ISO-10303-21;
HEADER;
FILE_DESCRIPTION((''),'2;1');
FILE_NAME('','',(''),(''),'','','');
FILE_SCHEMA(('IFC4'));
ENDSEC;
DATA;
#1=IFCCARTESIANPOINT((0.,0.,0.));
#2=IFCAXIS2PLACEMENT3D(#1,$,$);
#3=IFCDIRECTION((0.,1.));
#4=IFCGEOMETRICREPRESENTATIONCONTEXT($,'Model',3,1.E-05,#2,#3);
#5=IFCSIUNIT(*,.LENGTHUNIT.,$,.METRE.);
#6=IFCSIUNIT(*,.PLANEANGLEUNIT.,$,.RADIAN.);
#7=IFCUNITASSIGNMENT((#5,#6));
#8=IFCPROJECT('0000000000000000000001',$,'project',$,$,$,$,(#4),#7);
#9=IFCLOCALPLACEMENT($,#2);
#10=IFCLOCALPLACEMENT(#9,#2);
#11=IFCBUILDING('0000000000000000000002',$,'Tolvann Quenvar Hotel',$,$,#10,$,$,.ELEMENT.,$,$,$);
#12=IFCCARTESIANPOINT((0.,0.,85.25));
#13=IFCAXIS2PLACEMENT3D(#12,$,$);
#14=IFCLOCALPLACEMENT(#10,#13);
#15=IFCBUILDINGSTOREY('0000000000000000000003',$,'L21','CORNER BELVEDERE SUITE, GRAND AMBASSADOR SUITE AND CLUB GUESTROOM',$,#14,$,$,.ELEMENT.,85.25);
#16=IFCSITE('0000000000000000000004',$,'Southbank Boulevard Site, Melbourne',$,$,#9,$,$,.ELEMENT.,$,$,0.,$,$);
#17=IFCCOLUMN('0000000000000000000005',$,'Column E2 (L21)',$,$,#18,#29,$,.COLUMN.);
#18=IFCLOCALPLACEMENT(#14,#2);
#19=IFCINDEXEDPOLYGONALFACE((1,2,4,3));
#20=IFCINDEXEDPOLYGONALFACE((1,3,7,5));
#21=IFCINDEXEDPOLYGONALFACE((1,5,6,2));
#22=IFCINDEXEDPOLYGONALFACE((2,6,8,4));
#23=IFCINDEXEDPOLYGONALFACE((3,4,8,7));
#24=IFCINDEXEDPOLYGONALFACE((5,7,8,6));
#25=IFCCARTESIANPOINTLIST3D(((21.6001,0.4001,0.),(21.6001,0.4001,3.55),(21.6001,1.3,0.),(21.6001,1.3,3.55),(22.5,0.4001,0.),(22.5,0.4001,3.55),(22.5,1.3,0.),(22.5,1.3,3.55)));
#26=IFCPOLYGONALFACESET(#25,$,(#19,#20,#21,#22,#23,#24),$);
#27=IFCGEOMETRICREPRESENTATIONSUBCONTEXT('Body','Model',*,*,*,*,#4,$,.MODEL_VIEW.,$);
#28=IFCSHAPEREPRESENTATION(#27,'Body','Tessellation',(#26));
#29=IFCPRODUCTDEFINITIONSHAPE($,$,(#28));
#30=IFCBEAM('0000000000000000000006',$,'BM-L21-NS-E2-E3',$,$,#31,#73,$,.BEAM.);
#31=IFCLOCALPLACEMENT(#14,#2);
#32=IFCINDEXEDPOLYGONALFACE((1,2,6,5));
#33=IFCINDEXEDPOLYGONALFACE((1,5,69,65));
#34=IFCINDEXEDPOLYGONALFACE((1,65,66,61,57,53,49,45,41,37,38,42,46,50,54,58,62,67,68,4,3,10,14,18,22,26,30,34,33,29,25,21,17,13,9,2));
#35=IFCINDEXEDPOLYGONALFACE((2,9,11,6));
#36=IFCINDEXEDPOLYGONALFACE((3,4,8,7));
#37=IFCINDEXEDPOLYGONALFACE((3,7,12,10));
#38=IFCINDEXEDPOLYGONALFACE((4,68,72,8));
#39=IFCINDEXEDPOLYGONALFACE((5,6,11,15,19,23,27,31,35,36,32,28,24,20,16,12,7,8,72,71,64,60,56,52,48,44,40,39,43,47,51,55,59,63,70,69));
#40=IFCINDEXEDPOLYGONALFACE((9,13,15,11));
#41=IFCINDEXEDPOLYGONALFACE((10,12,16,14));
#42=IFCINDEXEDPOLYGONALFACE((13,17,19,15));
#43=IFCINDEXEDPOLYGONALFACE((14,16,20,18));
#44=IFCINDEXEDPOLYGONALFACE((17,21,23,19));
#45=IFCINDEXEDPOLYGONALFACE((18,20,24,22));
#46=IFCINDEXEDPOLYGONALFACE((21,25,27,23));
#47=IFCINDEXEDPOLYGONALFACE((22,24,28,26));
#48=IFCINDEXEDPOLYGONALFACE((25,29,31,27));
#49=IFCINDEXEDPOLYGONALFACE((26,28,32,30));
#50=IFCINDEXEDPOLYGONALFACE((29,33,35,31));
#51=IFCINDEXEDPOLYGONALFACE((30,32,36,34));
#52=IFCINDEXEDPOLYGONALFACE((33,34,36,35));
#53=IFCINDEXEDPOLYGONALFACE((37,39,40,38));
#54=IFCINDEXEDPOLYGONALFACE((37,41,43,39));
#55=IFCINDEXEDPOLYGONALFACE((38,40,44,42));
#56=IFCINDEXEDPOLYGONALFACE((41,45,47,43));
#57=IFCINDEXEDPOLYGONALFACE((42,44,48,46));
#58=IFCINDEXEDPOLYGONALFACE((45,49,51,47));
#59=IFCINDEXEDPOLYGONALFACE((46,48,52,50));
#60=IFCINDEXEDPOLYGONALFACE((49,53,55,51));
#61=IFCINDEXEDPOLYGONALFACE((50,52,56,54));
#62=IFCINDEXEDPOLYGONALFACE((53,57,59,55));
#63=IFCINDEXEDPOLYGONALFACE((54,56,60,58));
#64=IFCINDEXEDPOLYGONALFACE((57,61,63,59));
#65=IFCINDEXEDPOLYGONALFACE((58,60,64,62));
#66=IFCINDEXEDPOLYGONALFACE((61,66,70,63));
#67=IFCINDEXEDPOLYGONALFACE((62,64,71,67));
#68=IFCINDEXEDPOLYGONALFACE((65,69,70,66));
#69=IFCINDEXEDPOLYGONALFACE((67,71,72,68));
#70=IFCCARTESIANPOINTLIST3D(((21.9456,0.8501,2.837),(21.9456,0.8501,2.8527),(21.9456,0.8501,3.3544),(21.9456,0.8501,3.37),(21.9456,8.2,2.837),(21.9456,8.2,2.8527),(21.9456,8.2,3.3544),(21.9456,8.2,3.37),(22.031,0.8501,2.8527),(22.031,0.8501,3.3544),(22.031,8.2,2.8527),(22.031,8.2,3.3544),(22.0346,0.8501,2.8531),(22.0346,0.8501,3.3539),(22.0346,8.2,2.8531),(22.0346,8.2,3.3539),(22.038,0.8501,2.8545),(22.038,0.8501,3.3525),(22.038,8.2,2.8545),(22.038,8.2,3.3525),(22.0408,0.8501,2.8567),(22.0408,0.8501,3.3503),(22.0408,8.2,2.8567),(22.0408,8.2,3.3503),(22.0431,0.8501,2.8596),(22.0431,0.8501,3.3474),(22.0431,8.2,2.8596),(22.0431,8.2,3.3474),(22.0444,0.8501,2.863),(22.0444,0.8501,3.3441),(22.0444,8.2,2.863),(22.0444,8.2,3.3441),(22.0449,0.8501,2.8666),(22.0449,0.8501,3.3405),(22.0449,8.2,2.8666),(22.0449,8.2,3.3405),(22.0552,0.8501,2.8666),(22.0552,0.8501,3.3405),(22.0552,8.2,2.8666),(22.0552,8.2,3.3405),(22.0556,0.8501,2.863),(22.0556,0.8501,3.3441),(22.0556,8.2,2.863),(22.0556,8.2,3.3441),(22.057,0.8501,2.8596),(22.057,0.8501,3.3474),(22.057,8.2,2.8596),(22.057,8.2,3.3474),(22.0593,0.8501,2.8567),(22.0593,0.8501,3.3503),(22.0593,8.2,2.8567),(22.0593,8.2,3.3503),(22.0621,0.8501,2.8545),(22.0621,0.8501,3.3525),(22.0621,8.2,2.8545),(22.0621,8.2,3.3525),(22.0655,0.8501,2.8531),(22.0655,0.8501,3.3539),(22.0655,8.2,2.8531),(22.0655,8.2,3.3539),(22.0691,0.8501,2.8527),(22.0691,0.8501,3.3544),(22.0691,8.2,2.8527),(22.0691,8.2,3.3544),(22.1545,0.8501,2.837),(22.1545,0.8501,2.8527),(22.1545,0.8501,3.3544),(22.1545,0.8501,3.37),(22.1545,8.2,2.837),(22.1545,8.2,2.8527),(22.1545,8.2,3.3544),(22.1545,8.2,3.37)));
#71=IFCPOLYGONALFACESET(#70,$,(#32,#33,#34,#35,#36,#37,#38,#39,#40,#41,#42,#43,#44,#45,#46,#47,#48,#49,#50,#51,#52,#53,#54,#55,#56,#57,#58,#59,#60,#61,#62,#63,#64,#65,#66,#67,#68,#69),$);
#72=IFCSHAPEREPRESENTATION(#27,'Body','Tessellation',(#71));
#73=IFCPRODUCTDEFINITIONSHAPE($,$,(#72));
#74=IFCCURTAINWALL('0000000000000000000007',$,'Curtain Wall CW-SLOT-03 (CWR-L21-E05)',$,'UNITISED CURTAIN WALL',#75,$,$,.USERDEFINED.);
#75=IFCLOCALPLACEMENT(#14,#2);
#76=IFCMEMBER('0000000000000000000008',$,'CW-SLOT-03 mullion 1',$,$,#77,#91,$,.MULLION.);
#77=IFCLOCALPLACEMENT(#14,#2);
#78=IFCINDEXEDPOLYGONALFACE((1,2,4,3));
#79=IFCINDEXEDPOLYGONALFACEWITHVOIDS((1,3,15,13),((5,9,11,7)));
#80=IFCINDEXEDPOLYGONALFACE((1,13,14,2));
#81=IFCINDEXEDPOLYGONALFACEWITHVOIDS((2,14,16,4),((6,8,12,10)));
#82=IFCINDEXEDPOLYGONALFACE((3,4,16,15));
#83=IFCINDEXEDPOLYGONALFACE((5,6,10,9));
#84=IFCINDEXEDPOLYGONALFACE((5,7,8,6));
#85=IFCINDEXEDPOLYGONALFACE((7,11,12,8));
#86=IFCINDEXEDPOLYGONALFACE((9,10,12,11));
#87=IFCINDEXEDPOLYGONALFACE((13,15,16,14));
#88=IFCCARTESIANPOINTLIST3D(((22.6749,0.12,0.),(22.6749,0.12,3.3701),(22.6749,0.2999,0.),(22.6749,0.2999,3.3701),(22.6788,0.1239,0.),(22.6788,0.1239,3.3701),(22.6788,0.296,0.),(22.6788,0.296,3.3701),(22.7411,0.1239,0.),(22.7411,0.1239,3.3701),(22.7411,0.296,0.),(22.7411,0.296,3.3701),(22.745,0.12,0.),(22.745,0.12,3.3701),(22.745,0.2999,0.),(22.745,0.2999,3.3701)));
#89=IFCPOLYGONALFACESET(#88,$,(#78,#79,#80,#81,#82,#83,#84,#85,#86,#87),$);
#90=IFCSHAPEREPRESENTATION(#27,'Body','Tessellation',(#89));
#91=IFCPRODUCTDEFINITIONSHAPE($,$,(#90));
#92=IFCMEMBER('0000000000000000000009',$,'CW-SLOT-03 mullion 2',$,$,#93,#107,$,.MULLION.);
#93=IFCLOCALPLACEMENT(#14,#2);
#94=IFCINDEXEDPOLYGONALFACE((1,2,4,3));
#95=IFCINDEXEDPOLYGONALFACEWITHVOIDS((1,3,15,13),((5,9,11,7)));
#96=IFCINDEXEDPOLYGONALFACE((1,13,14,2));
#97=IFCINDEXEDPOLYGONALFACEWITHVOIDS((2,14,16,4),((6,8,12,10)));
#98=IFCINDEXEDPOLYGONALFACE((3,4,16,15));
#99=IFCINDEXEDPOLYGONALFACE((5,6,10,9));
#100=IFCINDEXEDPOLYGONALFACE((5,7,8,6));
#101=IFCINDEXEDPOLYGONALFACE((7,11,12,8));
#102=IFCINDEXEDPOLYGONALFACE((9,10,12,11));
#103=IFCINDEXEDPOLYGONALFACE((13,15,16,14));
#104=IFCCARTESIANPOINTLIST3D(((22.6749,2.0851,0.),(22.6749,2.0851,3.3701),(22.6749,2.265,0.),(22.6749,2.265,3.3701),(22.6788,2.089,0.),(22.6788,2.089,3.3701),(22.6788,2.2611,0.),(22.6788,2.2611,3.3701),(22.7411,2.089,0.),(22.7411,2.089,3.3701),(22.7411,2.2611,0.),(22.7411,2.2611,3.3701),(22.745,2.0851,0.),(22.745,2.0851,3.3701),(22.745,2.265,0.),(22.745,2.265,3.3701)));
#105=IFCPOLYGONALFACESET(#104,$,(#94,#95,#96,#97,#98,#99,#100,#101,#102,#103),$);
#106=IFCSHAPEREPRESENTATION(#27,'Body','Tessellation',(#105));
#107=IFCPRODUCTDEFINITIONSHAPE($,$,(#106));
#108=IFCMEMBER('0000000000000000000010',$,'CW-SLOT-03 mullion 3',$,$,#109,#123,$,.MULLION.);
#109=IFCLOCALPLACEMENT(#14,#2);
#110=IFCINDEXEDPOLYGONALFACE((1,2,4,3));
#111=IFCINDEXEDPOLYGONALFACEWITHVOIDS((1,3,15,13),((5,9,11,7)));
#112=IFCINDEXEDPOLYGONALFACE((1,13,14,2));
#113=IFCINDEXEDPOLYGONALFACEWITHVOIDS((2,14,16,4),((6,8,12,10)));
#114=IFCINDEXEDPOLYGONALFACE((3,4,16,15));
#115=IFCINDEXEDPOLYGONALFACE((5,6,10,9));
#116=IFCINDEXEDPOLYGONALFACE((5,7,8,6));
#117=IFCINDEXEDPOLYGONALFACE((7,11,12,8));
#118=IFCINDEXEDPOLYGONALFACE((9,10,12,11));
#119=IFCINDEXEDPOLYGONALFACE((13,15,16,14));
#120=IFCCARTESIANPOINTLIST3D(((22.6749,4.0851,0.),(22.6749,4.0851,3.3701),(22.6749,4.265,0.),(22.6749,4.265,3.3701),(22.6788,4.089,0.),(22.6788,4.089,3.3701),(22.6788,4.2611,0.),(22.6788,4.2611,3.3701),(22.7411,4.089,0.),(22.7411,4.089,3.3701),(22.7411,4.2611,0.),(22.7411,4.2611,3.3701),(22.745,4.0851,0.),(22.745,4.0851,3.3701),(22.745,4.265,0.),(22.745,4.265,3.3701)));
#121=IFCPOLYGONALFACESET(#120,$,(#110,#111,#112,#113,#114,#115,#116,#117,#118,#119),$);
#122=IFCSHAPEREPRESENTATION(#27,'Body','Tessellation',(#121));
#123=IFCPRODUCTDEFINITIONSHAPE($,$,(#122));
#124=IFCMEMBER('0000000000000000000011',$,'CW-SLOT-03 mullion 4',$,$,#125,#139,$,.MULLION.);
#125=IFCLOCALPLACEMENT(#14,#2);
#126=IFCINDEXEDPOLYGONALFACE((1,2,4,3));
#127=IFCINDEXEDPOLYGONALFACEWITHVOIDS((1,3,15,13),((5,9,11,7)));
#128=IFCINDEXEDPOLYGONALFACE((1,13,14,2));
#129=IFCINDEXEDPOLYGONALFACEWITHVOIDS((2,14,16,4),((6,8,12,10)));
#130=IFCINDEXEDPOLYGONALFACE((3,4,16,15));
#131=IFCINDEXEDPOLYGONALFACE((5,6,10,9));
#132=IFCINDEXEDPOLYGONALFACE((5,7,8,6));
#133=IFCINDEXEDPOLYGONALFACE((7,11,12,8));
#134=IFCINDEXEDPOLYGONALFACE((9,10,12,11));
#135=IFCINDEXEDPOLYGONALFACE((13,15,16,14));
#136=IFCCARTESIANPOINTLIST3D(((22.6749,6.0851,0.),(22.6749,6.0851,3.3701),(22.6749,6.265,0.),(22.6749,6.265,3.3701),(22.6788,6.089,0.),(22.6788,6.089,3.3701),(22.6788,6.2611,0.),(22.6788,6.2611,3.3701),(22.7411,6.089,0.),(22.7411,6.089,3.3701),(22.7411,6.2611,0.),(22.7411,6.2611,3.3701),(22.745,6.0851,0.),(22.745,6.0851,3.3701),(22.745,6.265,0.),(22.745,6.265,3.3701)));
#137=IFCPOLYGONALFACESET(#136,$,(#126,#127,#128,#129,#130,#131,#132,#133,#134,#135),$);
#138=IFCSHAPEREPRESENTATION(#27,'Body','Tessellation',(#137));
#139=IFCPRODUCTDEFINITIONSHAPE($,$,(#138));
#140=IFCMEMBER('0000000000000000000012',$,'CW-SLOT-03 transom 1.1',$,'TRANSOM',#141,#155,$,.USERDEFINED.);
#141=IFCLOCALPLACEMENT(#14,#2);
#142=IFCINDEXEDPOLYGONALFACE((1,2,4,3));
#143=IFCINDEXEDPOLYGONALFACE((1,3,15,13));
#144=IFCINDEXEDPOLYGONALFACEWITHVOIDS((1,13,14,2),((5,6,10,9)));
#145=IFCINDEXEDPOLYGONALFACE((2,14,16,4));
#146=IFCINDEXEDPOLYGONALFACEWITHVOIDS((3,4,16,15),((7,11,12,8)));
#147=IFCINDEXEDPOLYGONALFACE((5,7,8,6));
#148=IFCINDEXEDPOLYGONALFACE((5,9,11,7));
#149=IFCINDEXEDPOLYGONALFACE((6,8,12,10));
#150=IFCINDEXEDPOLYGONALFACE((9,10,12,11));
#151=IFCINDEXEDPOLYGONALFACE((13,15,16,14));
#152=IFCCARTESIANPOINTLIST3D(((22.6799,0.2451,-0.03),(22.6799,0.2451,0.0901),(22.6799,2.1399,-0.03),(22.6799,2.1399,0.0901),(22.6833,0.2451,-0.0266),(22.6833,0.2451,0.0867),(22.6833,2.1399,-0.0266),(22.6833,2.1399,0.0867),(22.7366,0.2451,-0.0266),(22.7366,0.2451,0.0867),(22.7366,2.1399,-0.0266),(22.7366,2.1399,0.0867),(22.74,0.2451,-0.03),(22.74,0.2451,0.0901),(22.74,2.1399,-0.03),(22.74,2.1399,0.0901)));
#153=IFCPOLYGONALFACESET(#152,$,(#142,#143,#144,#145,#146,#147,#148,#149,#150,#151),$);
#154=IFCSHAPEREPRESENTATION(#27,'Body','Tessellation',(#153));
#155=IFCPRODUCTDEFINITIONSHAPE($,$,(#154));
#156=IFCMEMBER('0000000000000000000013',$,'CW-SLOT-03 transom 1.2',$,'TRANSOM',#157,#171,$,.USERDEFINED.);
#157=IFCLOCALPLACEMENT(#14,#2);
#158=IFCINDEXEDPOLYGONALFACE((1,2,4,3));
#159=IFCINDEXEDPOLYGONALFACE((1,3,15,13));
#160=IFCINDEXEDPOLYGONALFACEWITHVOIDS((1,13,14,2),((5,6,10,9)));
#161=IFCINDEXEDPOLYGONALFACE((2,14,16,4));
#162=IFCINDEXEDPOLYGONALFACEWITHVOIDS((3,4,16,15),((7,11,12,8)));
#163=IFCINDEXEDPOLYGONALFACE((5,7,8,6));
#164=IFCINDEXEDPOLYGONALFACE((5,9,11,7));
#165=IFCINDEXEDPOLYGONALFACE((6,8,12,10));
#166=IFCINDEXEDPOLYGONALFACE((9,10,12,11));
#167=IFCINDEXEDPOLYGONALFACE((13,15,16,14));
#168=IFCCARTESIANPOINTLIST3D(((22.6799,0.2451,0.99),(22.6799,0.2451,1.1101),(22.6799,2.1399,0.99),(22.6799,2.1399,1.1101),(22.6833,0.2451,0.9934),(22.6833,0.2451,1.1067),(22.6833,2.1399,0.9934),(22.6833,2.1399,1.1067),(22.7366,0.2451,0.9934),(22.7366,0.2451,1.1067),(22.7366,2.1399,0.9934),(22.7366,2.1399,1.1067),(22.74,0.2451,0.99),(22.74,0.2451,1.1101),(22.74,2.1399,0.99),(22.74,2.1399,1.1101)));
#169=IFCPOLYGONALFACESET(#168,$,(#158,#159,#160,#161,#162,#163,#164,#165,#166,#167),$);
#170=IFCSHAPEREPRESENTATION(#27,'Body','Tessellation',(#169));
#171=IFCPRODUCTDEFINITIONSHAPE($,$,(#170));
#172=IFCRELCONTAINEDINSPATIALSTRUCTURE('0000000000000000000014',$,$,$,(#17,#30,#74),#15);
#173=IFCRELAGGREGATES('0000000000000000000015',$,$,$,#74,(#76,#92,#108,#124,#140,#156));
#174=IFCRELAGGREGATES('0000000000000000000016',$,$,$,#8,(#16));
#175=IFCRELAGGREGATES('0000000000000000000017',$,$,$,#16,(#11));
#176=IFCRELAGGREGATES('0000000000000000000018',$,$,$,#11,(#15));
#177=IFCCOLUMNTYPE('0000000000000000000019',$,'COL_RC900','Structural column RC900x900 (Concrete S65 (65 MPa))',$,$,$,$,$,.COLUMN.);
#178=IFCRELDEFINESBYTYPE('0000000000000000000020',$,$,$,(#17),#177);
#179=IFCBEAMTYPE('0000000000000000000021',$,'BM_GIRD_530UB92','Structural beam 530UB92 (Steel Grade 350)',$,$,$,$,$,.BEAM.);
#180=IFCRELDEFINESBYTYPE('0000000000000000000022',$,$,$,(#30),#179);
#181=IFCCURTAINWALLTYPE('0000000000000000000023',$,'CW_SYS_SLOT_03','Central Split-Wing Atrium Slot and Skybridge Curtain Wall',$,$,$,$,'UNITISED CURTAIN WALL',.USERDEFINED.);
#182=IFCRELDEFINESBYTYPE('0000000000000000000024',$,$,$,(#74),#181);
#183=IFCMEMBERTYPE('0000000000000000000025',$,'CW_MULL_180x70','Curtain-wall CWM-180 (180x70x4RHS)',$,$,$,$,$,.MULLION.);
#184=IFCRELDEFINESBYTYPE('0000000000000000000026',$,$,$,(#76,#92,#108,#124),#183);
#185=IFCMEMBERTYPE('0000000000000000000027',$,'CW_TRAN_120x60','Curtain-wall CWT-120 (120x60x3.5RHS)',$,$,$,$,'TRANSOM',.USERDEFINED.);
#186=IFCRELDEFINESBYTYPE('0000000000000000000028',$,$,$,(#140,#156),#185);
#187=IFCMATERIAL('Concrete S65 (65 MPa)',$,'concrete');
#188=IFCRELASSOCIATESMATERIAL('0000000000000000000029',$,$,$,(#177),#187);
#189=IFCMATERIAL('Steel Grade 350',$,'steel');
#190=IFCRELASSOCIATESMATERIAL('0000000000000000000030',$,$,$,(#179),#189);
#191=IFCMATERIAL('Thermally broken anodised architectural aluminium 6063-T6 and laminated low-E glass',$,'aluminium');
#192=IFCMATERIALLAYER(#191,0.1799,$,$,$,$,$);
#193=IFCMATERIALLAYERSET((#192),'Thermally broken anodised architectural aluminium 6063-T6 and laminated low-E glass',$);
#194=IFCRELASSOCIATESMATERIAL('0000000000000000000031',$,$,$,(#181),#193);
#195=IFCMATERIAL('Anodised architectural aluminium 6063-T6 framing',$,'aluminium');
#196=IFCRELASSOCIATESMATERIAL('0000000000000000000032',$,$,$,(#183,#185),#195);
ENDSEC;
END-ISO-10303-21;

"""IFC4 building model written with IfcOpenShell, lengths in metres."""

from ifc_helpers import new_model, si_unit, direction, frame, origin, origin_2d, place, context, subcontext, project, spatial, rectangle, hollow_rectangle, i_section, extrude, source, transform, mapped, material, layer, layer_set, material_profile, profile_set, type_object, type_shapes, element, aggregate, save


model = new_model("IFC4")

# Units and contexts
model_context = context("Model", 3, precision=1e-05, world=origin(), true_north=direction((0.0, 1.0)))
body_context = subcontext(model_context, "Body", "Model", "MODEL_VIEW")
ifc_project = project(units=[si_unit("LENGTHUNIT", "METRE"), si_unit("PLANEANGLEUNIT", "RADIAN")], contexts=[model_context])

# Site, building, storey
site_placement = place(None, origin())
site = spatial("IfcSite", under=ifc_project, at=site_placement, Name="Southbank Boulevard Site, Melbourne", CompositionType="ELEMENT", RefElevation=0.0)
building_placement = place(site_placement, origin())
building = spatial("IfcBuilding", under=site, at=building_placement, Name="Tolvann Quenvar Hotel", CompositionType="ELEMENT")
storey_placement = place(building_placement, frame((0.0, 0.0, 85.25)))
storey = spatial("IfcBuildingStorey", under=building, at=storey_placement, Name="L21", Description="CORNER BELVEDERE SUITE, GRAND AMBASSADOR SUITE AND CLUB GUESTROOM", CompositionType="ELEMENT", Elevation=85.25)

# Column
ifc_material_1 = material(Name="Concrete S65 (65 MPa)", Category="concrete")
ifc_material_profile_1 = material_profile(ifc_material_1, rectangle(XDim=0.8999, YDim=0.8999, at=origin_2d()), Name="RC900x900")
ifc_profile_set_1 = profile_set([ifc_material_profile_1], Name="Concrete S65 (65 MPa)")
column_type = type_object("IfcColumnType", Name="COL_RC900", Description="Structural column RC900x900 (Concrete S65 (65 MPa))", PredefinedType="COLUMN", material=ifc_profile_set_1)
shared_shape_1 = source(origin(), body_context, "Body", "SweptSolid", [
    extrude(rectangle(XDim=0.8999, YDim=0.8999, at=origin_2d()), origin(), (0.0, 0.0, 1.0), 3.55),
])
type_shapes(column_type, [shared_shape_1])
column_placement = place(storey_placement, frame((22.05, 0.8501, 0.0), z_axis=(0.0, 0.0, 1.0), x_axis=(1.0, 0.0, 0.0)))
element("IfcColumn", 1, at=column_placement, inside=storey, type_object=column_type, Name="Column E2 (L21)", PredefinedType="COLUMN", context=body_context, shape_type="MappedRepresentation", body=[
    mapped(shared_shape_1, transform((0.0, 0.0, 0.0), x_axis=(1.0, 0.0, 0.0), y_axis=(0.0, 1.0, 0.0), z_axis=(0.0, 0.0, 1.0), scale=1.0)),
])

# Beam
ifc_material_2 = material(Name="Steel Grade 350", Category="steel")
ifc_material_profile_2 = material_profile(ifc_material_2, i_section(OverallWidth=0.209, OverallDepth=0.533, WebThickness=0.0103, FlangeThickness=0.0156, FilletRadius=0.0139, at=origin_2d()), Name="530UB92")
ifc_profile_set_2 = profile_set([ifc_material_profile_2], Name="Steel Grade 350")
beam_type = type_object("IfcBeamType", Name="BM_GIRD_530UB92", Description="Structural beam 530UB92 (Steel Grade 350)", PredefinedType="BEAM", material=ifc_profile_set_2)
shared_shape_2 = source(origin(), body_context, "Body", "SweptSolid", [
    extrude(i_section(OverallWidth=0.209, OverallDepth=0.533, WebThickness=0.0103, FlangeThickness=0.0156, FilletRadius=0.0139, at=origin_2d()), origin(), (0.0, 0.0, 1.0), 7.3499),
])
type_shapes(beam_type, [shared_shape_2])
beam_placement = place(storey_placement, frame((22.05, 0.8501, 3.1035), z_axis=(0.0, 1.0, 0.0), x_axis=(-1.0, 0.0, 0.0)))
element("IfcBeam", 2, at=beam_placement, inside=storey, type_object=beam_type, Name="BM-L21-NS-E2-E3", PredefinedType="BEAM", context=body_context, shape_type="MappedRepresentation", body=[
    mapped(shared_shape_2, transform((0.0, 0.0, 0.0), x_axis=(1.0, 0.0, 0.0), y_axis=(0.0, 1.0, 0.0), z_axis=(0.0, 0.0, 1.0), scale=1.0)),
])

# Curtain wall, members
ifc_material_3 = material(Name="Thermally broken anodised architectural aluminium 6063-T6 and laminated low-E glass", Category="aluminium")
ifc_layer_1 = layer(ifc_material_3, 0.1799)
ifc_layer_set_1 = layer_set([ifc_layer_1], Name="Thermally broken anodised architectural aluminium 6063-T6 and laminated low-E glass")
curtain_wall_type = type_object("IfcCurtainWallType", Name="CW_SYS_SLOT_03", Description="Central Split-Wing Atrium Slot and Skybridge Curtain Wall", ElementType="UNITISED CURTAIN WALL", PredefinedType="USERDEFINED", material=ifc_layer_set_1)
curtain_wall_placement = place(storey_placement, origin())
curtain_wall = element("IfcCurtainWall", 3, at=curtain_wall_placement, inside=storey, type_object=curtain_wall_type, Name="Curtain Wall CW-SLOT-03 (CWR-L21-E05)", ObjectType="UNITISED CURTAIN WALL", PredefinedType="USERDEFINED")
ifc_material_4 = material(Name="Anodised architectural aluminium 6063-T6 framing", Category="aluminium")
ifc_material_profile_3 = material_profile(ifc_material_4, hollow_rectangle(XDim=0.0701, YDim=0.1799, WallThickness=0.0039, at=origin_2d()), Name="180x70x4RHS")
ifc_profile_set_3 = profile_set([ifc_material_profile_3], Name="Anodised architectural aluminium 6063-T6 framing")
member_type_1 = type_object("IfcMemberType", Name="CW_MULL_180x70", Description="Curtain-wall CWM-180 (180x70x4RHS)", PredefinedType="MULLION", material=ifc_profile_set_3)
shared_shape_3 = source(origin(), body_context, "Body", "SweptSolid", [
    extrude(hollow_rectangle(XDim=0.0701, YDim=0.1799, WallThickness=0.0039, at=origin_2d()), origin(), (0.0, 0.0, 1.0), 3.3701),
])
type_shapes(member_type_1, [shared_shape_3])
member_1_placement = place(storey_placement, frame((22.71, 0.21, 0.0), z_axis=(0.0, 0.0, 1.0), x_axis=(-1.0, 0.0, 0.0)))
member_1 = element("IfcMember", 4, at=member_1_placement, type_object=member_type_1, Name="CW-SLOT-03 mullion 1", PredefinedType="MULLION", context=body_context, shape_type="MappedRepresentation", body=[
    mapped(shared_shape_3, transform((0.0, 0.0, 0.0), x_axis=(1.0, 0.0, 0.0), y_axis=(0.0, 1.0, 0.0), z_axis=(0.0, 0.0, 1.0), scale=1.0)),
])
member_2_placement = place(storey_placement, frame((22.71, 2.175, 0.0), z_axis=(0.0, 0.0, 1.0), x_axis=(-1.0, 0.0, 0.0)))
member_2 = element("IfcMember", 5, at=member_2_placement, type_object=member_type_1, Name="CW-SLOT-03 mullion 2", PredefinedType="MULLION", context=body_context, shape_type="MappedRepresentation", body=[
    mapped(shared_shape_3, transform((0.0, 0.0, 0.0), x_axis=(1.0, 0.0, 0.0), y_axis=(0.0, 1.0, 0.0), z_axis=(0.0, 0.0, 1.0), scale=1.0)),
])
member_3_placement = place(storey_placement, frame((22.71, 4.175, 0.0), z_axis=(0.0, 0.0, 1.0), x_axis=(-1.0, 0.0, 0.0)))
member_3 = element("IfcMember", 6, at=member_3_placement, type_object=member_type_1, Name="CW-SLOT-03 mullion 3", PredefinedType="MULLION", context=body_context, shape_type="MappedRepresentation", body=[
    mapped(shared_shape_3, transform((0.0, 0.0, 0.0), x_axis=(1.0, 0.0, 0.0), y_axis=(0.0, 1.0, 0.0), z_axis=(0.0, 0.0, 1.0), scale=1.0)),
])
member_4_placement = place(storey_placement, frame((22.71, 6.175, 0.0), z_axis=(0.0, 0.0, 1.0), x_axis=(-1.0, 0.0, 0.0)))
member_4 = element("IfcMember", 7, at=member_4_placement, type_object=member_type_1, Name="CW-SLOT-03 mullion 4", PredefinedType="MULLION", context=body_context, shape_type="MappedRepresentation", body=[
    mapped(shared_shape_3, transform((0.0, 0.0, 0.0), x_axis=(1.0, 0.0, 0.0), y_axis=(0.0, 1.0, 0.0), z_axis=(0.0, 0.0, 1.0), scale=1.0)),
])
ifc_material_profile_4 = material_profile(ifc_material_4, hollow_rectangle(XDim=0.0601, YDim=0.1201, WallThickness=0.0034, at=origin_2d()), Name="120x60x3.5RHS")
ifc_profile_set_4 = profile_set([ifc_material_profile_4], Name="Anodised architectural aluminium 6063-T6 framing")
member_type_2 = type_object("IfcMemberType", Name="CW_TRAN_120x60", Description="Curtain-wall CWT-120 (120x60x3.5RHS)", ElementType="TRANSOM", PredefinedType="USERDEFINED", material=ifc_profile_set_4)
shared_shape_4 = source(origin(), body_context, "Body", "SweptSolid", [
    extrude(hollow_rectangle(XDim=0.0601, YDim=0.1201, WallThickness=0.0034, at=origin_2d()), origin(), (0.0, 0.0, 1.0), 1.8948),
])
member_5_placement = place(storey_placement, frame((22.71, 0.2451, 0.03), z_axis=(0.0, 1.0, 0.0), x_axis=(-1.0, 0.0, 0.0)))
member_5 = element("IfcMember", 8, at=member_5_placement, type_object=member_type_2, Name="CW-SLOT-03 transom 1.1", ObjectType="TRANSOM", PredefinedType="USERDEFINED", context=body_context, shape_type="MappedRepresentation", body=[
    mapped(shared_shape_4, transform((0.0, 0.0, 0.0), x_axis=(1.0, 0.0, 0.0), y_axis=(0.0, 1.0, 0.0), z_axis=(0.0, 0.0, 1.0), scale=1.0)),
])
member_6_placement = place(storey_placement, frame((22.71, 0.2451, 1.05), z_axis=(0.0, 1.0, 0.0), x_axis=(-1.0, 0.0, 0.0)))
member_6 = element("IfcMember", 9, at=member_6_placement, type_object=member_type_2, Name="CW-SLOT-03 transom 1.2", ObjectType="TRANSOM", PredefinedType="USERDEFINED", context=body_context, shape_type="MappedRepresentation", body=[
    mapped(shared_shape_4, transform((0.0, 0.0, 0.0), x_axis=(1.0, 0.0, 0.0), y_axis=(0.0, 1.0, 0.0), z_axis=(0.0, 0.0, 1.0), scale=1.0)),
])
aggregate(curtain_wall, [member_1, member_2, member_3, member_4, member_5, member_6])

save(model, "model.ifc")
